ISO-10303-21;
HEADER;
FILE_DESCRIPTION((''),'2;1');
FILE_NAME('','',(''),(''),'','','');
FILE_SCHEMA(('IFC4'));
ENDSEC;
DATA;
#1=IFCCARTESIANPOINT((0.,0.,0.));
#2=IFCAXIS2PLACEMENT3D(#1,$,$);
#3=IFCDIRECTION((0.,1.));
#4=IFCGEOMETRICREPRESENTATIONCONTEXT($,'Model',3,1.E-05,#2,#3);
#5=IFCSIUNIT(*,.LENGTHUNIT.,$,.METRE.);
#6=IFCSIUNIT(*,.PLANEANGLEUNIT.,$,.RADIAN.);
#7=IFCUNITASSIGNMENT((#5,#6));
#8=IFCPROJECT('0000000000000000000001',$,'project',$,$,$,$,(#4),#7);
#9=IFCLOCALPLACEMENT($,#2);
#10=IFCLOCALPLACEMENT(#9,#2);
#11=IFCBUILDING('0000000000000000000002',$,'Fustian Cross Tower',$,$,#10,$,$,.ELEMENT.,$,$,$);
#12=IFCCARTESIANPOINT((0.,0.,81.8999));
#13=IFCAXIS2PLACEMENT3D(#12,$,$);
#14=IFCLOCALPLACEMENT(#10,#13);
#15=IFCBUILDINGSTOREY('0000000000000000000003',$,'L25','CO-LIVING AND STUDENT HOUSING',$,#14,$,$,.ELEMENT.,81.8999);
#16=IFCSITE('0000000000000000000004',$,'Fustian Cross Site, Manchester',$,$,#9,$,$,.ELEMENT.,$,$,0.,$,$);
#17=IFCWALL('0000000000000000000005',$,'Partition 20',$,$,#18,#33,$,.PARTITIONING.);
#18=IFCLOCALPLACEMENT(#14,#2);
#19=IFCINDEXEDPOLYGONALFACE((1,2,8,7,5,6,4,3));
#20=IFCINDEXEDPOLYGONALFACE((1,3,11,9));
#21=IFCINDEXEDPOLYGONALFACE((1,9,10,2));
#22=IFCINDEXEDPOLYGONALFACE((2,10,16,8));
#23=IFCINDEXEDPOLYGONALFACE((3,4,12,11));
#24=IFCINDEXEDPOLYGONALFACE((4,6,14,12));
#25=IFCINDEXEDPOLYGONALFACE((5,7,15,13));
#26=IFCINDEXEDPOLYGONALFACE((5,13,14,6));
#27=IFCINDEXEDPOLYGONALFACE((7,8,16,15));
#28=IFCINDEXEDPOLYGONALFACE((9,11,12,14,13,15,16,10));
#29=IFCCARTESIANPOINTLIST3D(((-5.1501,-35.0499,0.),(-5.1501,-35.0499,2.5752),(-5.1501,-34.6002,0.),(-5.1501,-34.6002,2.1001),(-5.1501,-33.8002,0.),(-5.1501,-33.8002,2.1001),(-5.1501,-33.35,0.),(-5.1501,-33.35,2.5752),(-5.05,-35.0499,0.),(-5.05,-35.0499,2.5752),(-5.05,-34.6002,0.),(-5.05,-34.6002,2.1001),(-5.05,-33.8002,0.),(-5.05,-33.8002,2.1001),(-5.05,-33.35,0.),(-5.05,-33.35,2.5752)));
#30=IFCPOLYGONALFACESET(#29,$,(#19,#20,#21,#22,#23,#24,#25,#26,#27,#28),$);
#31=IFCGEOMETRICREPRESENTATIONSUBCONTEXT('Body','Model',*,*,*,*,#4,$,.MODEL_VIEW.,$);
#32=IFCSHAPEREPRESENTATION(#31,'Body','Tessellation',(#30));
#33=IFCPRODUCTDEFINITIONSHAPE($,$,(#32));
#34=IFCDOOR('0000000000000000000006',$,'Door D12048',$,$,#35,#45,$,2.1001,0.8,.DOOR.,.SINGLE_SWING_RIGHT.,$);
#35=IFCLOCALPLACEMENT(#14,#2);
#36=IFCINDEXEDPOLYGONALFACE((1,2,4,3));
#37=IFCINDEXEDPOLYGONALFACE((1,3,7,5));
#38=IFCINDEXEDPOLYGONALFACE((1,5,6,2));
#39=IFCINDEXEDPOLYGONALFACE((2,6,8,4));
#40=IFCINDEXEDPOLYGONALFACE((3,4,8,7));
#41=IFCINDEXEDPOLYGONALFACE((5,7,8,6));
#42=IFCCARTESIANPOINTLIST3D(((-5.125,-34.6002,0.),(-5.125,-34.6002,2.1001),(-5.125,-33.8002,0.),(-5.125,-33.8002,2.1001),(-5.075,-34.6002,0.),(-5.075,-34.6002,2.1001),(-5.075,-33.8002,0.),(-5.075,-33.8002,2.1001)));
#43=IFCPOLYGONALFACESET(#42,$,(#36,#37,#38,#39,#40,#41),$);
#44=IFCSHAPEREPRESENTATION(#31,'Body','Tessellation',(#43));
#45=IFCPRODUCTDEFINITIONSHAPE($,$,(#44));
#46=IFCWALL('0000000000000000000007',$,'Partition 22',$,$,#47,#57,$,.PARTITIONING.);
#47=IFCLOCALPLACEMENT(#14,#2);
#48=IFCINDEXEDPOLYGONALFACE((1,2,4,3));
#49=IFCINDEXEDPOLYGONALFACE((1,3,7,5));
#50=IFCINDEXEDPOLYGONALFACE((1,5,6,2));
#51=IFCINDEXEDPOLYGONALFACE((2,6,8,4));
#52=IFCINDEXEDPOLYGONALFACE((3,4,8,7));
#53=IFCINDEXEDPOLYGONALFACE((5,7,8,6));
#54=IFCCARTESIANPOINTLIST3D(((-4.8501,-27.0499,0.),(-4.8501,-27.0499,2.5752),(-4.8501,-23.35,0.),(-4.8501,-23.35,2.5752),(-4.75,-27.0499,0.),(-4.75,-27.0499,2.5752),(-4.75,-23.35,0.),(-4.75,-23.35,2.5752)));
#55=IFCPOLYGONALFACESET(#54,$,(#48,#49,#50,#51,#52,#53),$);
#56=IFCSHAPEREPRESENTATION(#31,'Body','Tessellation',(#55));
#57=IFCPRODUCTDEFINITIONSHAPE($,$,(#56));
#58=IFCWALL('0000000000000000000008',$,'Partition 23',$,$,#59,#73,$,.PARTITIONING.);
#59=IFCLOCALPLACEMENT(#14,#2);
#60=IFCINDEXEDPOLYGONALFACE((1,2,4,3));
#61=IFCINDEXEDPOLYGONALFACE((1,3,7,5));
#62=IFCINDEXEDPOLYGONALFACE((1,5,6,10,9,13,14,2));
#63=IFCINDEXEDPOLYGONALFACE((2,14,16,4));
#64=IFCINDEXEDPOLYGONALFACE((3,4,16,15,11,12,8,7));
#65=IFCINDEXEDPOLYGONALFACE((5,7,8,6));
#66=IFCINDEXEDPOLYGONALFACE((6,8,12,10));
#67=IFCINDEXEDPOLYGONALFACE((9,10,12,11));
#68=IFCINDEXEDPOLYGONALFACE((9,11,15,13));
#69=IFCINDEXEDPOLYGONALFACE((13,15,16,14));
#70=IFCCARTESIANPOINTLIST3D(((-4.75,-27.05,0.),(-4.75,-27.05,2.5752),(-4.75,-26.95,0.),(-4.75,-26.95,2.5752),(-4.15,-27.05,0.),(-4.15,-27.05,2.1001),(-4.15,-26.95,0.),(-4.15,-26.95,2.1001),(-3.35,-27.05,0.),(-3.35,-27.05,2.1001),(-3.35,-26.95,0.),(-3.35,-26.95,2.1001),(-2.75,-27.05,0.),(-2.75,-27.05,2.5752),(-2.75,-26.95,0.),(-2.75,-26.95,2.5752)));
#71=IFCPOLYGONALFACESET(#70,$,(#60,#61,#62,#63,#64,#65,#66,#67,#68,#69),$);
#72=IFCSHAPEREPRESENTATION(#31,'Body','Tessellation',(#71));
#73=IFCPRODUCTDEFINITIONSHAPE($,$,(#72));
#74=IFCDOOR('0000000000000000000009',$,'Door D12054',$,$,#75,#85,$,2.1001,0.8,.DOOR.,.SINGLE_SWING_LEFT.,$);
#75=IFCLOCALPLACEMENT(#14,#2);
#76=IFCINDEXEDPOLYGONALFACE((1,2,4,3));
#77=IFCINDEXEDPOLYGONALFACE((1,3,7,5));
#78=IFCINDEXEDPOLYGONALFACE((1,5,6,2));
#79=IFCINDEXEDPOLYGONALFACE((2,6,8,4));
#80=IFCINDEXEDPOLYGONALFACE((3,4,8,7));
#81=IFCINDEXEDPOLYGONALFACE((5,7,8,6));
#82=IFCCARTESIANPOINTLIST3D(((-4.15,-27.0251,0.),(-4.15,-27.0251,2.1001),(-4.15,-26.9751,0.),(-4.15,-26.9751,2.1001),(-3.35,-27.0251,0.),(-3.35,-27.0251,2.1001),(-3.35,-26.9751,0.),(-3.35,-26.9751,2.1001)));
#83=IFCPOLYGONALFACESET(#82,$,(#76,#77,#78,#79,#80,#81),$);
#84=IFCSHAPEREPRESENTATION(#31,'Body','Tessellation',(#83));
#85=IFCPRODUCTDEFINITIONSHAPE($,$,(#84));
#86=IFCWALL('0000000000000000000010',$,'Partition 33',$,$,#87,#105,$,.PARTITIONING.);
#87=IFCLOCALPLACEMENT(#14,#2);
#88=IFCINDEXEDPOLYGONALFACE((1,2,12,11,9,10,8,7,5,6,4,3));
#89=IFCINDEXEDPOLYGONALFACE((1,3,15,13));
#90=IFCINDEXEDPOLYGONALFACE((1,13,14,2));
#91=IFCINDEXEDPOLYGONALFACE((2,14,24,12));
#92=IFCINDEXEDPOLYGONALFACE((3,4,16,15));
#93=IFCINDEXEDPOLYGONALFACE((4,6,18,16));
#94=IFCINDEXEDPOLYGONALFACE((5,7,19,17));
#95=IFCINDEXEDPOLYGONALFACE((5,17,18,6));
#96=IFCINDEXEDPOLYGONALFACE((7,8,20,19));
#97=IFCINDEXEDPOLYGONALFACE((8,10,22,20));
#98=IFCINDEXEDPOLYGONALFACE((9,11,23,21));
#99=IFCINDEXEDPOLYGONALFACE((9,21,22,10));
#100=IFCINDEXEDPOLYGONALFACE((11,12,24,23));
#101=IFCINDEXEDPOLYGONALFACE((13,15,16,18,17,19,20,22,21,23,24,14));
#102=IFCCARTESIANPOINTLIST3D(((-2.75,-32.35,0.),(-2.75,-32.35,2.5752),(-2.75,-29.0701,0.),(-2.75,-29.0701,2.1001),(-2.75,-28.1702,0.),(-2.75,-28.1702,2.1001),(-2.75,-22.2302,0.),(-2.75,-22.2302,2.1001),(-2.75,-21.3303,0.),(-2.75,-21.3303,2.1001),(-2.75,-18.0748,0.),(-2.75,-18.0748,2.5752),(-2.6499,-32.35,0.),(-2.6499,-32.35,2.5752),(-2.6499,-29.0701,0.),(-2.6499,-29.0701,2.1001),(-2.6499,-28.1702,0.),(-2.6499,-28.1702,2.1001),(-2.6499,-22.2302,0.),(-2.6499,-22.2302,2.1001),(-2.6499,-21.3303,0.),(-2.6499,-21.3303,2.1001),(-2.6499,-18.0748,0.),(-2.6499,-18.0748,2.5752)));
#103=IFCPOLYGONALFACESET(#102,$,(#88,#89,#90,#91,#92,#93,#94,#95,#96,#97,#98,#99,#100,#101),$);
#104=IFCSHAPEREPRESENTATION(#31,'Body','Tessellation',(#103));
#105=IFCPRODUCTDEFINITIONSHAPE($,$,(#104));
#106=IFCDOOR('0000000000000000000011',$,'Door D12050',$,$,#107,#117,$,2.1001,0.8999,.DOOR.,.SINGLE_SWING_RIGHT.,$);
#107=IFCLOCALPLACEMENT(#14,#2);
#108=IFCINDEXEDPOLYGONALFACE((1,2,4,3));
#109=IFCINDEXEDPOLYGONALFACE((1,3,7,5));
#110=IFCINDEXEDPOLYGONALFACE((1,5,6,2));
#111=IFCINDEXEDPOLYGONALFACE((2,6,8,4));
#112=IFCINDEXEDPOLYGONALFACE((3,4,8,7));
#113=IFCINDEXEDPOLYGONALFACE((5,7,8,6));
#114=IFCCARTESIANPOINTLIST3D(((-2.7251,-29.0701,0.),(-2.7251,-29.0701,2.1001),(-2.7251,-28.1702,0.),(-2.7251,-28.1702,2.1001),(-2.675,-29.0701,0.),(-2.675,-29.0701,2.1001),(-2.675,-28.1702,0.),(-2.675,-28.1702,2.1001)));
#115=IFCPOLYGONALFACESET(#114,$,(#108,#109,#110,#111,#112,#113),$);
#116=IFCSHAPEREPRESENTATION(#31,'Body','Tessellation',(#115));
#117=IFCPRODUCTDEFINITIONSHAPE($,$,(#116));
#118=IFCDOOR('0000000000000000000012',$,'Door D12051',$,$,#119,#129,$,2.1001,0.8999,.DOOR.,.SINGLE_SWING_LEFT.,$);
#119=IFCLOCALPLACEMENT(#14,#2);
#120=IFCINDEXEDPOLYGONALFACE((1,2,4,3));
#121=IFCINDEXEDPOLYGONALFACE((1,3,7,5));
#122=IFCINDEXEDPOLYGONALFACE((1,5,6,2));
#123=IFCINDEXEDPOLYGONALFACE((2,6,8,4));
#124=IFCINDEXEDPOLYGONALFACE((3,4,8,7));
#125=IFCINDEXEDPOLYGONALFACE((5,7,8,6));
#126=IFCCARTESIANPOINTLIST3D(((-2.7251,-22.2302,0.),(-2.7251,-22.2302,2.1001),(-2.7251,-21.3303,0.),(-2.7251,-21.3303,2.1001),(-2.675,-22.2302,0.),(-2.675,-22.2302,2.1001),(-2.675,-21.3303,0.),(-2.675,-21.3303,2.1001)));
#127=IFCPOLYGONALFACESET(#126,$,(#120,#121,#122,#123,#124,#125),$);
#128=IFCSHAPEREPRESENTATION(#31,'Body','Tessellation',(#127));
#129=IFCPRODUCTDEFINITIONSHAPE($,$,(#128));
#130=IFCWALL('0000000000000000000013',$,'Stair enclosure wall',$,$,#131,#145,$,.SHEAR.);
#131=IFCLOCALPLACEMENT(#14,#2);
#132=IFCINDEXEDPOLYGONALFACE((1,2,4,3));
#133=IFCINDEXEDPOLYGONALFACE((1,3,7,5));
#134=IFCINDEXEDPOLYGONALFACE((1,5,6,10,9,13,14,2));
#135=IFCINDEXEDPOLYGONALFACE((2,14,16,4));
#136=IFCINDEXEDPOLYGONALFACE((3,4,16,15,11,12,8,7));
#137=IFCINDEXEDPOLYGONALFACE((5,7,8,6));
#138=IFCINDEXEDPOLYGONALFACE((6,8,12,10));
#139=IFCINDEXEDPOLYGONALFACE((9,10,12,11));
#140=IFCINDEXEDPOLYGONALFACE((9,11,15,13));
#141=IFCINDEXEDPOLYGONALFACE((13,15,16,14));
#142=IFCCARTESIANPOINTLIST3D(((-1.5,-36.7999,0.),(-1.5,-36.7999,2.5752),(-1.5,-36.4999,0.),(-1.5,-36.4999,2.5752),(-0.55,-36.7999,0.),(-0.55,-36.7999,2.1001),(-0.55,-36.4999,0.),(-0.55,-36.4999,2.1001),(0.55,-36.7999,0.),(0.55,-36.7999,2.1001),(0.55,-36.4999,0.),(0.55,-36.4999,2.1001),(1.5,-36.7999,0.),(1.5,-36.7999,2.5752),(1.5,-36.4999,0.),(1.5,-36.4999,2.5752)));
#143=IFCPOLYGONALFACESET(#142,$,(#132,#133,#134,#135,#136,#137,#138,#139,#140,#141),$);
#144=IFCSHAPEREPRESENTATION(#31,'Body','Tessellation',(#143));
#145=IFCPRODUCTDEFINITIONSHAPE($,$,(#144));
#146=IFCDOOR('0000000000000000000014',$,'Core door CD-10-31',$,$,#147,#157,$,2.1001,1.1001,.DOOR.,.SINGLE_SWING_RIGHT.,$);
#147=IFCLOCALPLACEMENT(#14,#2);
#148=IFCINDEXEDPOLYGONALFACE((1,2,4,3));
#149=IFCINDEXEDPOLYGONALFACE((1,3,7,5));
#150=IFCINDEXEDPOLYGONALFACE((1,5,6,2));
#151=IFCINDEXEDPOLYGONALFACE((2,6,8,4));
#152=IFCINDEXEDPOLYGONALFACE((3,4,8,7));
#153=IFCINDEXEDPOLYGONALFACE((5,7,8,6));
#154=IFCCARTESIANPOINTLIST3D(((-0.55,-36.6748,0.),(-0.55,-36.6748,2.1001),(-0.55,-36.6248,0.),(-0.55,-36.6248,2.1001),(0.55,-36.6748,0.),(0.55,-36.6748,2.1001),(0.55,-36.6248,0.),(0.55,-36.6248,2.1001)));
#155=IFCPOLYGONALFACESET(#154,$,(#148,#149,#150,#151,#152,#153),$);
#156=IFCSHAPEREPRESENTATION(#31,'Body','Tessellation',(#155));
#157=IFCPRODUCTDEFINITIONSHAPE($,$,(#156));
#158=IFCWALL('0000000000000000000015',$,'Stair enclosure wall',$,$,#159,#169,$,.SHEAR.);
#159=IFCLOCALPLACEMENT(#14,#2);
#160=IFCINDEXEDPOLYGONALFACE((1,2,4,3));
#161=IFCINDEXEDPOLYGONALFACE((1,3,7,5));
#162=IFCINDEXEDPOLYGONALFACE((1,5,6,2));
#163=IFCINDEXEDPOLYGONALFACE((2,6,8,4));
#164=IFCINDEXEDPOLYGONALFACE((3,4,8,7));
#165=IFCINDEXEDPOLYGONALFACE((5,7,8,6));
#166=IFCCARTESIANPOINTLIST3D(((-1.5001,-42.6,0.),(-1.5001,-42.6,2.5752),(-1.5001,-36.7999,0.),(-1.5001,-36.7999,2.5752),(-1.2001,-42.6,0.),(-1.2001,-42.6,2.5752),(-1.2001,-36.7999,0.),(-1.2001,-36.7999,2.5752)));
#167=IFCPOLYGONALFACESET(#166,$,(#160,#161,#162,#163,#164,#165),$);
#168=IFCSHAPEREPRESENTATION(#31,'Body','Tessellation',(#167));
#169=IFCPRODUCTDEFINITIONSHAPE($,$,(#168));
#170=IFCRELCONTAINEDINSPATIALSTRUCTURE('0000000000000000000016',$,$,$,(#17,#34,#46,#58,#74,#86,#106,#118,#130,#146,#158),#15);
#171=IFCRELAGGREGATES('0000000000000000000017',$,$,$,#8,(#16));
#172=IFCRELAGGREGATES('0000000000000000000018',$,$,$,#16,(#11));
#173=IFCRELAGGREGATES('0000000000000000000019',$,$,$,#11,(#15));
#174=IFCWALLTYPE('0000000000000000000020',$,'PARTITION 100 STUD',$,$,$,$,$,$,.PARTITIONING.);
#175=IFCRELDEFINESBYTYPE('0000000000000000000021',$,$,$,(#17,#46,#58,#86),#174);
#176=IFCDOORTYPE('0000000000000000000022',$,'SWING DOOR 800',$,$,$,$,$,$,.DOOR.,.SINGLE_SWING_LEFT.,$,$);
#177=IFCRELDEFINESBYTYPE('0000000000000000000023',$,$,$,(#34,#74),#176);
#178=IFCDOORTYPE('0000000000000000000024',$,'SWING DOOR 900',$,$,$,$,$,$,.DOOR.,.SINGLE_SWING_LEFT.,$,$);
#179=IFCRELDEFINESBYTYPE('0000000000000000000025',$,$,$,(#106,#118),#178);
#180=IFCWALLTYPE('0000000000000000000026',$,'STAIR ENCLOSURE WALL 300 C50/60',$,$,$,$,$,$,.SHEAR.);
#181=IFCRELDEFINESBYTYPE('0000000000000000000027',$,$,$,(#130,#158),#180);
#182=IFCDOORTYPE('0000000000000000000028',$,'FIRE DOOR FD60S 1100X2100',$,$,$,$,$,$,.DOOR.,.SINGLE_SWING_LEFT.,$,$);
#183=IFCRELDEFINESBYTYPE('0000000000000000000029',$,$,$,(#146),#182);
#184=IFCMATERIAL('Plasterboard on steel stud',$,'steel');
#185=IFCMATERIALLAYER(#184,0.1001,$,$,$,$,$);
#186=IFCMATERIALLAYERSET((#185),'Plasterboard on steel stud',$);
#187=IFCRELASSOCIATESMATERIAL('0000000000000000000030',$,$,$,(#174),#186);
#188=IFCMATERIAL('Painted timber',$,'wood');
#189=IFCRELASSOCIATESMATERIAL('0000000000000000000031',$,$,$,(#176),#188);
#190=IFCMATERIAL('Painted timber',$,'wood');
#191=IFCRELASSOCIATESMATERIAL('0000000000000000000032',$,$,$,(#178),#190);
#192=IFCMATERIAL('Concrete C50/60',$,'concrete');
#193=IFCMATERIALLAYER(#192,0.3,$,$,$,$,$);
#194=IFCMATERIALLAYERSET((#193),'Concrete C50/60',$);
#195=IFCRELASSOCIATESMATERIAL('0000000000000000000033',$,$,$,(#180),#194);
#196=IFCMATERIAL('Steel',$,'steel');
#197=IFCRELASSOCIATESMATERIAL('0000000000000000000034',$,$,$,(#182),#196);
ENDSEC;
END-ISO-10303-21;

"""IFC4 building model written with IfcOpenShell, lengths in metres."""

from ifc_helpers import new_model, si_unit, direction, frame, frame_2d, origin, place, context, subcontext, project, spatial, rectangle, extrude, material, layer, layer_set, type_object, element, fill, save


model = new_model("IFC4")

# Units and contexts
model_context = context("Model", 3, precision=1e-05, world=origin(), true_north=direction((0.0, 1.0)))
body_context = subcontext(model_context, "Body", "Model", "MODEL_VIEW")
ifc_project = project(units=[si_unit("LENGTHUNIT", "METRE"), si_unit("PLANEANGLEUNIT", "RADIAN")], contexts=[model_context])

# Site, building, storey
site_placement = place(None, origin())
site = spatial("IfcSite", under=ifc_project, at=site_placement, Name="Fustian Cross Site, Manchester", CompositionType="ELEMENT", RefElevation=0.0)
building_placement = place(site_placement, origin())
building = spatial("IfcBuilding", under=site, at=building_placement, Name="Fustian Cross Tower", CompositionType="ELEMENT")
storey_placement = place(building_placement, frame((0.0, 0.0, 81.8999)))
storey = spatial("IfcBuildingStorey", under=building, at=storey_placement, Name="L25", Description="CO-LIVING AND STUDENT HOUSING", CompositionType="ELEMENT", Elevation=81.8999)

# Shared definitions
ifc_material_1 = material(Name="Plasterboard on steel stud", Category="steel")
ifc_layer_1 = layer(ifc_material_1, 0.1001)
ifc_layer_set_1 = layer_set([ifc_layer_1], Name="Plasterboard on steel stud")
wall_type_1 = type_object("IfcWallType", Name="PARTITION 100 STUD", PredefinedType="PARTITIONING", material=ifc_layer_set_1)

# Wall, opening, door
wall_1_placement = place(storey_placement, frame((-5.1001, -35.05, 0.0), z_axis=(0.0, 0.0, 1.0), x_axis=(0.0, 1.0, 0.0)))
wall_1 = element("IfcWall", 1, at=wall_1_placement, inside=storey, type_object=wall_type_1, Name="Partition 20", PredefinedType="PARTITIONING", context=body_context, shape_type="SweptSolid", body=[
    extrude(rectangle(XDim=1.7, YDim=0.1001, at=frame_2d((0.8501, 0.0))), origin(), (0.0, 0.0, 1.0), 2.5752),
])
opening_1_placement = place(wall_1_placement, frame((0.45, 0.0, 0.0)))
opening_1 = element("IfcOpeningElement", 2, at=opening_1_placement, cuts=wall_1, PredefinedType="OPENING", context=body_context, shape_type="SweptSolid", body=[
    extrude(rectangle(XDim=0.8, YDim=2.1001, at=frame_2d((0.3999, 1.05))), frame((0.0, 0.0601, 0.0), z_axis=(0.0, -1.0, 0.0), x_axis=(1.0, 0.0, 0.0)), (0.0, 0.0, 1.0), 0.1201),
])
ifc_material_2 = material(Name="Painted timber", Category="wood")
door_type_1 = type_object("IfcDoorType", Name="SWING DOOR 800", OperationType="SINGLE_SWING_LEFT", PredefinedType="DOOR", material=ifc_material_2)
door_1_placement = place(opening_1_placement, origin())
door_1 = element("IfcDoor", 3, at=door_1_placement, inside=storey, type_object=door_type_1, Name="Door D12048", OperationType="SINGLE_SWING_RIGHT", OverallHeight=2.1001, OverallWidth=0.8, PredefinedType="DOOR", context=body_context, shape_type="SweptSolid", body=[
    extrude(rectangle(XDim=0.8, YDim=2.1001, at=frame_2d((0.3999, 1.05))), frame((0.0, 0.0249, 0.0), z_axis=(0.0, -1.0, 0.0), x_axis=(1.0, 0.0, 0.0)), (0.0, 0.0, 1.0), 0.05),
])
fill(opening_1, door_1)

# Wall
wall_2_placement = place(storey_placement, frame((-4.8, -27.05, 0.0), z_axis=(0.0, 0.0, 1.0), x_axis=(0.0, 1.0, 0.0)))
element("IfcWall", 4, at=wall_2_placement, inside=storey, type_object=wall_type_1, Name="Partition 22", PredefinedType="PARTITIONING", context=body_context, shape_type="SweptSolid", body=[
    extrude(rectangle(XDim=3.7, YDim=0.1001, at=frame_2d((1.8501, 0.0))), origin(), (0.0, 0.0, 1.0), 2.5752),
])

# Wall, opening, door
wall_3_placement = place(storey_placement, frame((-4.75, -27.0, 0.0), z_axis=(0.0, 0.0, 1.0), x_axis=(1.0, 0.0, 0.0)))
wall_3 = element("IfcWall", 5, at=wall_3_placement, inside=storey, type_object=wall_type_1, Name="Partition 23", PredefinedType="PARTITIONING", context=body_context, shape_type="SweptSolid", body=[
    extrude(rectangle(XDim=2.0, YDim=0.1001, at=frame_2d((1.0, 0.0))), origin(), (0.0, 0.0, 1.0), 2.5752),
])
opening_2_placement = place(wall_3_placement, frame((0.6001, 0.0, 0.0)))
opening_2 = element("IfcOpeningElement", 6, at=opening_2_placement, cuts=wall_3, PredefinedType="OPENING", context=body_context, shape_type="SweptSolid", body=[
    extrude(rectangle(XDim=0.8, YDim=2.1001, at=frame_2d((0.3999, 1.05))), frame((0.0, 0.0601, 0.0), z_axis=(0.0, -1.0, 0.0), x_axis=(1.0, 0.0, 0.0)), (0.0, 0.0, 1.0), 0.1201),
])
door_2_placement = place(opening_2_placement, origin())
door_2 = element("IfcDoor", 7, at=door_2_placement, inside=storey, type_object=door_type_1, Name="Door D12054", OperationType="SINGLE_SWING_LEFT", OverallHeight=2.1001, OverallWidth=0.8, PredefinedType="DOOR", context=body_context, shape_type="SweptSolid", body=[
    extrude(rectangle(XDim=0.8, YDim=2.1001, at=frame_2d((0.3999, 1.05))), frame((0.0, 0.0249, 0.0), z_axis=(0.0, -1.0, 0.0), x_axis=(1.0, 0.0, 0.0)), (0.0, 0.0, 1.0), 0.05),
])
fill(opening_2, door_2)

# Wall, openings, doors
wall_4_placement = place(storey_placement, frame((-2.7, -32.3501, 0.0), z_axis=(0.0, 0.0, 1.0), x_axis=(0.0, 1.0, 0.0)))
wall_4 = element("IfcWall", 8, at=wall_4_placement, inside=storey, type_object=wall_type_1, Name="Partition 33", PredefinedType="PARTITIONING", context=body_context, shape_type="SweptSolid", body=[
    extrude(rectangle(XDim=14.2751, YDim=0.1001, at=frame_2d((7.1377, 0.0))), origin(), (0.0, 0.0, 1.0), 2.5752),
])
opening_3_placement = place(wall_4_placement, frame((3.28, 0.0, 0.0)))
opening_3 = element("IfcOpeningElement", 9, at=opening_3_placement, cuts=wall_4, PredefinedType="OPENING", context=body_context, shape_type="SweptSolid", body=[
    extrude(rectangle(XDim=0.8999, YDim=2.1001, at=frame_2d((0.45, 1.05))), frame((0.0, 0.0601, 0.0), z_axis=(0.0, -1.0, 0.0), x_axis=(1.0, 0.0, 0.0)), (0.0, 0.0, 1.0), 0.1201),
])
opening_4_placement = place(wall_4_placement, frame((10.1199, 0.0, 0.0)))
opening_4 = element("IfcOpeningElement", 10, at=opening_4_placement, cuts=wall_4, PredefinedType="OPENING", context=body_context, shape_type="SweptSolid", body=[
    extrude(rectangle(XDim=0.8999, YDim=2.1001, at=frame_2d((0.45, 1.05))), frame((0.0, 0.0601, 0.0), z_axis=(0.0, -1.0, 0.0), x_axis=(1.0, 0.0, 0.0)), (0.0, 0.0, 1.0), 0.1201),
])
ifc_material_3 = material(Name="Painted timber", Category="wood")
door_type_2 = type_object("IfcDoorType", Name="SWING DOOR 900", OperationType="SINGLE_SWING_LEFT", PredefinedType="DOOR", material=ifc_material_3)
door_3_placement = place(opening_3_placement, frame((0.8999, 0.0, 0.0), z_axis=(0.0, 0.0, 1.0), x_axis=(-1.0, 0.0, 0.0)))
door_3 = element("IfcDoor", 11, at=door_3_placement, inside=storey, type_object=door_type_2, Name="Door D12050", OperationType="SINGLE_SWING_RIGHT", OverallHeight=2.1001, OverallWidth=0.8999, PredefinedType="DOOR", context=body_context, shape_type="SweptSolid", body=[
    extrude(rectangle(XDim=0.8999, YDim=2.1001, at=frame_2d((0.45, 1.05))), frame((0.0, 0.0249, 0.0), z_axis=(0.0, -1.0, 0.0), x_axis=(1.0, 0.0, 0.0)), (0.0, 0.0, 1.0), 0.05),
])
fill(opening_3, door_3)
door_4_placement = place(opening_4_placement, frame((0.8999, 0.0, 0.0), z_axis=(0.0, 0.0, 1.0), x_axis=(-1.0, 0.0, 0.0)))
door_4 = element("IfcDoor", 12, at=door_4_placement, inside=storey, type_object=door_type_2, Name="Door D12051", OperationType="SINGLE_SWING_LEFT", OverallHeight=2.1001, OverallWidth=0.8999, PredefinedType="DOOR", context=body_context, shape_type="SweptSolid", body=[
    extrude(rectangle(XDim=0.8999, YDim=2.1001, at=frame_2d((0.45, 1.05))), frame((0.0, 0.0249, 0.0), z_axis=(0.0, -1.0, 0.0), x_axis=(1.0, 0.0, 0.0)), (0.0, 0.0, 1.0), 0.05),
])
fill(opening_4, door_4)

# Wall, opening, door
ifc_material_4 = material(Name="Concrete C50/60", Category="concrete")
ifc_layer_2 = layer(ifc_material_4, 0.3)
ifc_layer_set_2 = layer_set([ifc_layer_2], Name="Concrete C50/60")
wall_type_2 = type_object("IfcWallType", Name="STAIR ENCLOSURE WALL 300 C50/60", PredefinedType="SHEAR", material=ifc_layer_set_2)
wall_5_placement = place(storey_placement, frame((-1.5, -36.6499, 0.0), z_axis=(0.0, 0.0, 1.0), x_axis=(1.0, 0.0, 0.0)))
wall_5 = element("IfcWall", 13, at=wall_5_placement, inside=storey, type_object=wall_type_2, Name="Stair enclosure wall", PredefinedType="SHEAR", context=body_context, shape_type="SweptSolid", body=[
    extrude(rectangle(XDim=3.0, YDim=0.3, at=frame_2d((1.5, 0.0))), origin(), (0.0, 0.0, 1.0), 2.5752),
])
opening_5_placement = place(wall_5_placement, frame((0.95, 0.0, 0.0)))
opening_5 = element("IfcOpeningElement", 14, at=opening_5_placement, cuts=wall_5, PredefinedType="OPENING", context=body_context, shape_type="SweptSolid", body=[
    extrude(rectangle(XDim=1.1001, YDim=2.1001, at=frame_2d((0.55, 1.05))), frame((0.0, 0.1599, 0.0), z_axis=(0.0, -1.0, 0.0), x_axis=(1.0, 0.0, 0.0)), (0.0, 0.0, 1.0), 0.3201),
])
ifc_material_5 = material(Name="Steel", Category="steel")
door_type_3 = type_object("IfcDoorType", Name="FIRE DOOR FD60S 1100X2100", OperationType="SINGLE_SWING_LEFT", PredefinedType="DOOR", material=ifc_material_5)
door_5_placement = place(opening_5_placement, frame((1.1001, 0.0, 0.0), z_axis=(0.0, 0.0, 1.0), x_axis=(-1.0, 0.0, 0.0)))
door_5 = element("IfcDoor", 15, at=door_5_placement, inside=storey, type_object=door_type_3, Name="Core door CD-10-31", OperationType="SINGLE_SWING_RIGHT", OverallHeight=2.1001, OverallWidth=1.1001, PredefinedType="DOOR", context=body_context, shape_type="SweptSolid", body=[
    extrude(rectangle(XDim=1.1001, YDim=2.1001, at=frame_2d((0.55, 1.05))), frame((0.0, 0.0249, 0.0), z_axis=(0.0, -1.0, 0.0), x_axis=(1.0, 0.0, 0.0)), (0.0, 0.0, 1.0), 0.05),
])
fill(opening_5, door_5)

# Wall
wall_6_placement = place(storey_placement, frame((-1.3501, -36.8, 0.0), z_axis=(0.0, 0.0, 1.0), x_axis=(0.0, -1.0, 0.0)))
element("IfcWall", 16, at=wall_6_placement, inside=storey, type_object=wall_type_2, Name="Stair enclosure wall", PredefinedType="SHEAR", context=body_context, shape_type="SweptSolid", body=[
    extrude(rectangle(XDim=5.8, YDim=0.3, at=frame_2d((2.8999, 0.0))), origin(), (0.0, 0.0, 1.0), 2.5752),
])

save(model, "model.ifc")
